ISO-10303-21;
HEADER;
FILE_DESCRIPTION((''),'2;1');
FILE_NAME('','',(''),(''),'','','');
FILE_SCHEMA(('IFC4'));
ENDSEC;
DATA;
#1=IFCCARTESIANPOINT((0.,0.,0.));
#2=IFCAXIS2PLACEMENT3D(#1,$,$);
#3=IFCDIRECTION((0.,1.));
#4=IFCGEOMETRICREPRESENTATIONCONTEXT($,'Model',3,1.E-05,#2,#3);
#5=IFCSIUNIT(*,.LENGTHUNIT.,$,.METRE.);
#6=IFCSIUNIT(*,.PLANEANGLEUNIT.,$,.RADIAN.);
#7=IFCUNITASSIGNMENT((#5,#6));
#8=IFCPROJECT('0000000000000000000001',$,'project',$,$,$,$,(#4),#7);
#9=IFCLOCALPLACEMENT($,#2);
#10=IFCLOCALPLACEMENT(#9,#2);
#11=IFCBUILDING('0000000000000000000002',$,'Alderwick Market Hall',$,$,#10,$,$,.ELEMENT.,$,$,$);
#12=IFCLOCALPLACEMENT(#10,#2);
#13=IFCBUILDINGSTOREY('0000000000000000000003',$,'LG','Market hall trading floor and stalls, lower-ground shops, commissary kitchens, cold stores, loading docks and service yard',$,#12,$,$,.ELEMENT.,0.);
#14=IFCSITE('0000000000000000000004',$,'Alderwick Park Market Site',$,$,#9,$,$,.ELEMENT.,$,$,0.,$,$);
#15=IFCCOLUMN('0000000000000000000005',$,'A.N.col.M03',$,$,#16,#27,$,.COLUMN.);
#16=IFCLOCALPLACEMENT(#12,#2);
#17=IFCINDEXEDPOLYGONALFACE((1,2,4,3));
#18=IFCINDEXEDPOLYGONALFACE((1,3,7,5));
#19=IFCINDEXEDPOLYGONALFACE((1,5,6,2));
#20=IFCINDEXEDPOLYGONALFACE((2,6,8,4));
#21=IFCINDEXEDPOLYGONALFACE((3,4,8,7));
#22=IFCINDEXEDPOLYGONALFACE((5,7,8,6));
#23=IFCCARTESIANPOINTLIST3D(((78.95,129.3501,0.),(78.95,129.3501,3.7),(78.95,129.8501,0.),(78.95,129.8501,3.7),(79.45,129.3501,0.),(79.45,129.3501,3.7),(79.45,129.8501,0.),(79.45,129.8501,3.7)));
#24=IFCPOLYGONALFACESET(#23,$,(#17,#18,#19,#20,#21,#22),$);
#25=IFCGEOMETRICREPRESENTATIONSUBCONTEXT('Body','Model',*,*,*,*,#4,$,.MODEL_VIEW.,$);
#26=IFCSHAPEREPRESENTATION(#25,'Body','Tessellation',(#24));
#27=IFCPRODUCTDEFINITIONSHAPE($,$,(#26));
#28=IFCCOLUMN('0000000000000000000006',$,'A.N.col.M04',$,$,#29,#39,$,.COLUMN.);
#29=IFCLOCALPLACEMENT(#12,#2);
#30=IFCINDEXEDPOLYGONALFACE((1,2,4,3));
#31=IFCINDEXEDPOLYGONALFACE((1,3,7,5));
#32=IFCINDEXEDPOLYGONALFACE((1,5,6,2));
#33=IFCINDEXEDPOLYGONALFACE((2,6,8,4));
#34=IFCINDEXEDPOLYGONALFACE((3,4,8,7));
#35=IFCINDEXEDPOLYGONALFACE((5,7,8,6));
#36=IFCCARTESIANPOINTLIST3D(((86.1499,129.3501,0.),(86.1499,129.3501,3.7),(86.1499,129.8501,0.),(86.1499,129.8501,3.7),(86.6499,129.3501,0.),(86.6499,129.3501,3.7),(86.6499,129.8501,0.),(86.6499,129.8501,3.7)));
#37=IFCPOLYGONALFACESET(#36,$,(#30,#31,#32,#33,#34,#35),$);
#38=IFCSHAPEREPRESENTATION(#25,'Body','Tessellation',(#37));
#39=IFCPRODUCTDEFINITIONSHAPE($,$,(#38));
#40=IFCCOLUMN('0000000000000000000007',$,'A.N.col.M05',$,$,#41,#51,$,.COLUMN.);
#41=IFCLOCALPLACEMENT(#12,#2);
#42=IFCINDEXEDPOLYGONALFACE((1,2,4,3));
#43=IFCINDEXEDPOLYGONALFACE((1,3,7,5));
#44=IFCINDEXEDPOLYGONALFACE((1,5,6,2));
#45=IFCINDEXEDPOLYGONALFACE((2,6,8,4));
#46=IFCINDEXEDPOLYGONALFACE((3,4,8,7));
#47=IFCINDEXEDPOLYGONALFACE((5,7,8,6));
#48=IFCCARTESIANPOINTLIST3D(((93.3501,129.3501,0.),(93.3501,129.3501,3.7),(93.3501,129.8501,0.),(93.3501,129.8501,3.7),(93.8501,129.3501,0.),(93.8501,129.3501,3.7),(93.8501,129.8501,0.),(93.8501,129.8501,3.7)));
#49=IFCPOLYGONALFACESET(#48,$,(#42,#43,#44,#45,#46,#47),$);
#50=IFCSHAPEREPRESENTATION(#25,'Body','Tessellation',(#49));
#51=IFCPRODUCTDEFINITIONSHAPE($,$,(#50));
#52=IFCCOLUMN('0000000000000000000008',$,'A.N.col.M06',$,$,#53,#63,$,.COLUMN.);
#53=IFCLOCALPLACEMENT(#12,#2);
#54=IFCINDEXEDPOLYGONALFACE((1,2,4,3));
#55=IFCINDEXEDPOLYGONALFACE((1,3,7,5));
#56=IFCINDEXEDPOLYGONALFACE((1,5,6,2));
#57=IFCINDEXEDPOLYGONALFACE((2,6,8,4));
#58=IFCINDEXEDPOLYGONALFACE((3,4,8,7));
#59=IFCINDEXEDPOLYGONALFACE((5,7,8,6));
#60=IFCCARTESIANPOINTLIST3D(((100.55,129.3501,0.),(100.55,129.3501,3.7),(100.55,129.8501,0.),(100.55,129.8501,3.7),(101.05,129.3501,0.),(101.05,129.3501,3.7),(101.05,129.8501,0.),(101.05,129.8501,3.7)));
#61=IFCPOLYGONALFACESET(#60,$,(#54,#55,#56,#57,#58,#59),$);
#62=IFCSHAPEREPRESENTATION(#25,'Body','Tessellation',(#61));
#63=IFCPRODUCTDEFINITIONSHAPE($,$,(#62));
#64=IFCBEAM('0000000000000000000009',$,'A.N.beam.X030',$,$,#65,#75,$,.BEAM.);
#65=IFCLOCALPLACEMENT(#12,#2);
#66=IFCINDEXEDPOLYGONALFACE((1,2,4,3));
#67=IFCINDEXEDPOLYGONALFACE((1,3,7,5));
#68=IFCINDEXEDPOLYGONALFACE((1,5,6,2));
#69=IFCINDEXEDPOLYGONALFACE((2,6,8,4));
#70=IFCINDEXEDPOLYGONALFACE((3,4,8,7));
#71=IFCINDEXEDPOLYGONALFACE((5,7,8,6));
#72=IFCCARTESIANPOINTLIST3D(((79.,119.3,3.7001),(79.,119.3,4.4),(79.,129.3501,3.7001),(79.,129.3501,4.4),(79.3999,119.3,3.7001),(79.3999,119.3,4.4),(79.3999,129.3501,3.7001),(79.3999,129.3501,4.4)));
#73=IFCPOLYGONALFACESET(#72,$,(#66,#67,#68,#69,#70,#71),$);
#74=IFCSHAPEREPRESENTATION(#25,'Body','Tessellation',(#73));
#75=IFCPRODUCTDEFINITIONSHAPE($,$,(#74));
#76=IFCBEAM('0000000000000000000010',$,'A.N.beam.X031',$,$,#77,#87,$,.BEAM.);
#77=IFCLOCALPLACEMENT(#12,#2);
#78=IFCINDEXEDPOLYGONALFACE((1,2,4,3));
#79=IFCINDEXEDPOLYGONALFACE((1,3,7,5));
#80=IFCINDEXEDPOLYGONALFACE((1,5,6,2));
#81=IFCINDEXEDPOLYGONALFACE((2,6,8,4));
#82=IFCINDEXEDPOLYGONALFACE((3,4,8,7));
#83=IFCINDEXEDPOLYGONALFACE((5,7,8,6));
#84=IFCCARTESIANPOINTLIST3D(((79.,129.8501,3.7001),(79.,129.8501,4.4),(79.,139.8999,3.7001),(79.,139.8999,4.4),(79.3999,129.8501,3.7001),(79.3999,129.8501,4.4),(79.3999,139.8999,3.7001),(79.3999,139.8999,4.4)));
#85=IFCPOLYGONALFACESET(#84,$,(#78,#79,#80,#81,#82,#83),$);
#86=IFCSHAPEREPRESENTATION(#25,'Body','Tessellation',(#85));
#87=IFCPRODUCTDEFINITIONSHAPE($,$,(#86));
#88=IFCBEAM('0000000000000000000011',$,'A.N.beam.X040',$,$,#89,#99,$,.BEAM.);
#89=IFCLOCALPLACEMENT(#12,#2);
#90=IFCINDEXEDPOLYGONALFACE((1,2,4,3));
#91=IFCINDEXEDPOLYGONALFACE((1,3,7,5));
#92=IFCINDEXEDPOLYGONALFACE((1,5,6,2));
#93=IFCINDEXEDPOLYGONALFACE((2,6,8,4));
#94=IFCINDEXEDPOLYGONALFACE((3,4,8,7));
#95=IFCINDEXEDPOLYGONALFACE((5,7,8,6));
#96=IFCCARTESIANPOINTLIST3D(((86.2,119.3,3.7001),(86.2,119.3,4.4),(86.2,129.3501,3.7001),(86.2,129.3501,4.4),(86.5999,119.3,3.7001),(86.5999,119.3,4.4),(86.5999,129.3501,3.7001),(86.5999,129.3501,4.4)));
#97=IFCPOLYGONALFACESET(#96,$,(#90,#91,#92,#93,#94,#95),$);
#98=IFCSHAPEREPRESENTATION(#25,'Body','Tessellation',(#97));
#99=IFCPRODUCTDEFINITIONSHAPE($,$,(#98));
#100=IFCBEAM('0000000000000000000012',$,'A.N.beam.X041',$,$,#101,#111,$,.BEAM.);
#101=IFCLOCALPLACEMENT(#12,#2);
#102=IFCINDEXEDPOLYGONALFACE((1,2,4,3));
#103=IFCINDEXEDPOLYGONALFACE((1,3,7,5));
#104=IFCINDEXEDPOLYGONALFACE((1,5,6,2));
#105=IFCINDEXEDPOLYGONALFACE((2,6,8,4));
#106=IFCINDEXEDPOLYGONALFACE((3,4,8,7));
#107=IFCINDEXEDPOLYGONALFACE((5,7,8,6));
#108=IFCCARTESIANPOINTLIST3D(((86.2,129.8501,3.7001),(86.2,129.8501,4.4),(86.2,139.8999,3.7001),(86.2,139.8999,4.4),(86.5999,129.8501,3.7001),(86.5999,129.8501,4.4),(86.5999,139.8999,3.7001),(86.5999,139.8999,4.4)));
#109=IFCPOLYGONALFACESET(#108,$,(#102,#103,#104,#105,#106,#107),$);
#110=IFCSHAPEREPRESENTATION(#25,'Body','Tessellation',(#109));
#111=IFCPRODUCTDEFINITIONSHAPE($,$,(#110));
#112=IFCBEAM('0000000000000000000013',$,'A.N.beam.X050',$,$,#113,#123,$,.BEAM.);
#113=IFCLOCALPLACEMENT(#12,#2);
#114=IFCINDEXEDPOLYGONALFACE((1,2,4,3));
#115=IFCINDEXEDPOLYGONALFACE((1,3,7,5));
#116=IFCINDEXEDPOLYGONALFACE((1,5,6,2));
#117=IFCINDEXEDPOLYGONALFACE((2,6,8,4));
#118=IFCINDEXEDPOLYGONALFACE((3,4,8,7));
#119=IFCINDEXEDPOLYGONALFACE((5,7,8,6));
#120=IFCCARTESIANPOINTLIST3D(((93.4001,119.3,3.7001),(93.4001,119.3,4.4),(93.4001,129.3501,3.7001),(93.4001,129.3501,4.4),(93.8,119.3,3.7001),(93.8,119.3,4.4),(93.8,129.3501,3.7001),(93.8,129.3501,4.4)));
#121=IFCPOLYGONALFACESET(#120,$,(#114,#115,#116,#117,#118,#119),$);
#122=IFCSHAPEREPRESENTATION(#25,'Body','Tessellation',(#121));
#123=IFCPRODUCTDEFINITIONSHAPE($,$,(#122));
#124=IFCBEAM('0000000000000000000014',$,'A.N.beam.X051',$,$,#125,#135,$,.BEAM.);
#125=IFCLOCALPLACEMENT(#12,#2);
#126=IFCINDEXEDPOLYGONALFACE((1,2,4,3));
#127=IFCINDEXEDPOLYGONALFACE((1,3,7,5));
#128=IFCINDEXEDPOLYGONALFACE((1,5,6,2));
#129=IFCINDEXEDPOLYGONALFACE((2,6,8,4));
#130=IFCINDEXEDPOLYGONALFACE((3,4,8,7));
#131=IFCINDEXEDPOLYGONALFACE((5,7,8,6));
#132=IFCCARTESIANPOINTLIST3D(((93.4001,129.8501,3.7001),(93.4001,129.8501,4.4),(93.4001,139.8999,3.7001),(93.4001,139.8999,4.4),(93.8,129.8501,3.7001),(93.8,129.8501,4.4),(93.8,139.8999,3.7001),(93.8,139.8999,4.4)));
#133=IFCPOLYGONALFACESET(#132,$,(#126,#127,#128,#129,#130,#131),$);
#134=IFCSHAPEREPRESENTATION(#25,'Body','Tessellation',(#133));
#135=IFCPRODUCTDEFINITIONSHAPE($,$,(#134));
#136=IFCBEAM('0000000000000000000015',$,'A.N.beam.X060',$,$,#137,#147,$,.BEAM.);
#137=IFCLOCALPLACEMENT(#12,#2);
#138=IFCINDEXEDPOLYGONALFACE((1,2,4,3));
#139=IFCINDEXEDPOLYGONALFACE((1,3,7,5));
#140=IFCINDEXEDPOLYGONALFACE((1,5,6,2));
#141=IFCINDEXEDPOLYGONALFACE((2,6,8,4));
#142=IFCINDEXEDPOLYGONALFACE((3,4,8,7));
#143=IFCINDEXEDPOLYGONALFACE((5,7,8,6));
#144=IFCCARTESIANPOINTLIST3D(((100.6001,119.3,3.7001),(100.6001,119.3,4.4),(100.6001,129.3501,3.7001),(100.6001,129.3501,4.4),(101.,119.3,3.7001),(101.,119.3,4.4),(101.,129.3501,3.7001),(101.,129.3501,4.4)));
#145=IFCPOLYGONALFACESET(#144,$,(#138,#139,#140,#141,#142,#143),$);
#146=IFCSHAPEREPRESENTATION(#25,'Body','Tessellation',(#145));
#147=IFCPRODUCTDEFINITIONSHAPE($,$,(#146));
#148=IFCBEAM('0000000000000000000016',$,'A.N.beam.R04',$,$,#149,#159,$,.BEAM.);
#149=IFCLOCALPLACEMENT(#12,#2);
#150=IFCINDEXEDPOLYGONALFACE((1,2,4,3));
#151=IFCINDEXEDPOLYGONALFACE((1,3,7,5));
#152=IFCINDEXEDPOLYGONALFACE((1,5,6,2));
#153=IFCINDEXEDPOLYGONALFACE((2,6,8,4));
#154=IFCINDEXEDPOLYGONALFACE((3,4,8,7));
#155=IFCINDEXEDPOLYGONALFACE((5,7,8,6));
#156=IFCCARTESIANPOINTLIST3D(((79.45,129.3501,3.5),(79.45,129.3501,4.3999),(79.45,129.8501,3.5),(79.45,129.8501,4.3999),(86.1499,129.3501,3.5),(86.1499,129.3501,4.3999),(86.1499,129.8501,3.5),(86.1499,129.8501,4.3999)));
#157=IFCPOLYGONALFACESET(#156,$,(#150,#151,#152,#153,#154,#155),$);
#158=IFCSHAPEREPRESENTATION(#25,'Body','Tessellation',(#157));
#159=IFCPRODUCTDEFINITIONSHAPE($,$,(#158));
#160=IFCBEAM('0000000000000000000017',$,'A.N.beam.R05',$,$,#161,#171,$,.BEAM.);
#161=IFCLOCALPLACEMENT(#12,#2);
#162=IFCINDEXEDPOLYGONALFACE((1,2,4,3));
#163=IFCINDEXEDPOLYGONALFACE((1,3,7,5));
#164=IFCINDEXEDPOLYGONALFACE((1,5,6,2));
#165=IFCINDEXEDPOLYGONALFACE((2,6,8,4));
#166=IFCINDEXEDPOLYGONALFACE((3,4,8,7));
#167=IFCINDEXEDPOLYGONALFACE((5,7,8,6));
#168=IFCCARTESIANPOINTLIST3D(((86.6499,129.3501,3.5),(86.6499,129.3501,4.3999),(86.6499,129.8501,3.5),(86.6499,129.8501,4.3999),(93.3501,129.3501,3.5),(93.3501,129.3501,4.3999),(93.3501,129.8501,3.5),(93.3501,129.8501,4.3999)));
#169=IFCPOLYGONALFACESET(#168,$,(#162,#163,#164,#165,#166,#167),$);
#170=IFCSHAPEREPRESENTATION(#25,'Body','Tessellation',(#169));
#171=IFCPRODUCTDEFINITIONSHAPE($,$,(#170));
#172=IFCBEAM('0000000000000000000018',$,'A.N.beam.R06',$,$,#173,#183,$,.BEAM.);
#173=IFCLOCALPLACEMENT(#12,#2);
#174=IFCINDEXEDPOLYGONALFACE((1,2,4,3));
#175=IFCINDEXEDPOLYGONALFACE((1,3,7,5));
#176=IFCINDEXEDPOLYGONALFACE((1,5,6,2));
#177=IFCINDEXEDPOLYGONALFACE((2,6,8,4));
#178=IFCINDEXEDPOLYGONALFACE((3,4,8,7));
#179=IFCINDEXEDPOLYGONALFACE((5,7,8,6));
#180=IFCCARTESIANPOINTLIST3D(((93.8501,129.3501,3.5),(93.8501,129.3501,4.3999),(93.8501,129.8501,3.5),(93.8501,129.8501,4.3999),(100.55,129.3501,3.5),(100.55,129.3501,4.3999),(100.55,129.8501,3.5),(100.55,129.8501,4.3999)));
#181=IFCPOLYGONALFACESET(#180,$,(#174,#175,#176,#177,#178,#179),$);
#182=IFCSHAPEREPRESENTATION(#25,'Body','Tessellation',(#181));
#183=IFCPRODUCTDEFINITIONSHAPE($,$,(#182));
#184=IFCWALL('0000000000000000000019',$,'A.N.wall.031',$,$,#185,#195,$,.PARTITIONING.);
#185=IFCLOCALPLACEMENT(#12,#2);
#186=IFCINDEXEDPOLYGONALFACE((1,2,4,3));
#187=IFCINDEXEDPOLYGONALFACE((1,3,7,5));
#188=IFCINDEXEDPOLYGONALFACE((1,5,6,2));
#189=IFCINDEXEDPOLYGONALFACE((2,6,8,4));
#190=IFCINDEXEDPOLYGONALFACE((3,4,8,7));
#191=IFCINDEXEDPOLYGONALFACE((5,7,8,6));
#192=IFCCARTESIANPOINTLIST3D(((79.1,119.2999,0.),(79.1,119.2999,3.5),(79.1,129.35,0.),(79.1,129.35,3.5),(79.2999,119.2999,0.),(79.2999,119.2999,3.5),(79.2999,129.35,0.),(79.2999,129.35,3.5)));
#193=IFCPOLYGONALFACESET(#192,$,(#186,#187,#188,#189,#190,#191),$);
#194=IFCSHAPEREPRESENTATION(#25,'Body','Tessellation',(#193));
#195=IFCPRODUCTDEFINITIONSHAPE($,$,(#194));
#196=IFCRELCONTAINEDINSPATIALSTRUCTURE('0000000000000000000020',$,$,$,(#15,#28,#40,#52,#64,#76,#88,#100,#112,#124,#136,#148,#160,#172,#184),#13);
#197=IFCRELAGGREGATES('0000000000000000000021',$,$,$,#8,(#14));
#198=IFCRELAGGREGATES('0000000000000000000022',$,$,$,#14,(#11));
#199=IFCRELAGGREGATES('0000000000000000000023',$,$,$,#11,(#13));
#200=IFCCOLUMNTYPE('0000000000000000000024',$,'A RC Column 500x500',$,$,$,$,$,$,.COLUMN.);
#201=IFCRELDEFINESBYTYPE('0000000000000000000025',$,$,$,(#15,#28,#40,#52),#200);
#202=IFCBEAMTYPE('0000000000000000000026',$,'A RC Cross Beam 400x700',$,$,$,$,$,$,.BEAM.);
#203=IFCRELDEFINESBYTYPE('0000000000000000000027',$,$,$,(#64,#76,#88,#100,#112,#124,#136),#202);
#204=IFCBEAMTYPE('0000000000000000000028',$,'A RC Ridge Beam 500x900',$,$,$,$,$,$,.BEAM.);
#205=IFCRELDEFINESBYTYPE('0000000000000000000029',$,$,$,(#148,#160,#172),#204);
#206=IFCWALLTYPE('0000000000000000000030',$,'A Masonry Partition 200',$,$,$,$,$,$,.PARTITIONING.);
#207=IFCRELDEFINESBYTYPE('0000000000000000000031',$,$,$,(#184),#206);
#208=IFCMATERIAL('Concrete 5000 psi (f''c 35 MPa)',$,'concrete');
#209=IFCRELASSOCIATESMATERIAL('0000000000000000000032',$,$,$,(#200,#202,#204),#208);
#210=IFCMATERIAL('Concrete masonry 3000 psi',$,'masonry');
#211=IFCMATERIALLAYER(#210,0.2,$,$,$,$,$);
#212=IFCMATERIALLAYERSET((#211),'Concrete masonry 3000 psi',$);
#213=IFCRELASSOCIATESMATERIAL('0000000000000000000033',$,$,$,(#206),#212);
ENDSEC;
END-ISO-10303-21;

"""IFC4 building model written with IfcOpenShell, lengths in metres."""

from ifc_helpers import new_model, si_unit, direction, frame, frame_2d, origin, origin_2d, place, context, subcontext, project, spatial, rectangle, extrude, material, layer, layer_set, material_profile, profile_set, type_object, element, save


model = new_model("IFC4")

# Units and contexts
model_context = context("Model", 3, precision=1e-05, world=origin(), true_north=direction((0.0, 1.0)))
body_context = subcontext(model_context, "Body", "Model", "MODEL_VIEW")
ifc_project = project(units=[si_unit("LENGTHUNIT", "METRE"), si_unit("PLANEANGLEUNIT", "RADIAN")], contexts=[model_context])

# Site, building, storey
site_placement = place(None, origin())
site = spatial("IfcSite", under=ifc_project, at=site_placement, Name="Alderwick Park Market Site", CompositionType="ELEMENT", RefElevation=0.0)
building_placement = place(site_placement, origin())
building = spatial("IfcBuilding", under=site, at=building_placement, Name="Alderwick Market Hall", CompositionType="ELEMENT")
storey_placement = place(building_placement, origin())
storey = spatial("IfcBuildingStorey", under=building, at=storey_placement, Name="LG", Description="Market hall trading floor and stalls, lower-ground shops, commissary kitchens, cold stores, loading docks and service yard", CompositionType="ELEMENT", Elevation=0.0)

# Columns
ifc_material_1 = material(Name="Concrete 5000 psi (f'c 35 MPa)", Category="concrete")
ifc_material_profile_1 = material_profile(ifc_material_1, rectangle(XDim=0.5, YDim=0.5, at=origin_2d()), Name="A RC Column 500x500")
ifc_profile_set_1 = profile_set([ifc_material_profile_1], Name="Concrete 5000 psi (f'c 35 MPa)")
column_type = type_object("IfcColumnType", Name="A RC Column 500x500", PredefinedType="COLUMN", material=ifc_profile_set_1)
for number, where, z_axis, x_axis, name in (
    (1, (79.2, 129.6001, 0.0), (0.0, 0.0, 1.0), (1.0, 0.0, 0.0), "A.N.col.M03"),
    (2, (86.3999, 129.6001, 0.0), (0.0, 0.0, 1.0), (1.0, 0.0, 0.0), "A.N.col.M04"),
    (3, (93.6001, 129.6001, 0.0), (0.0, 0.0, 1.0), (1.0, 0.0, 0.0), "A.N.col.M05"),
    (4, (100.8, 129.6001, 0.0), (0.0, 0.0, 1.0), (1.0, 0.0, 0.0), "A.N.col.M06"),
):
    element("IfcColumn", number, at=place(storey_placement, frame(where, z_axis=z_axis, x_axis=x_axis)), inside=storey, type_object=column_type, Name=name, PredefinedType="COLUMN", context=body_context, shape_type="SweptSolid", body=[
        extrude(rectangle(XDim=0.5, YDim=0.5, at=origin_2d()), origin(), (0.0, 0.0, 1.0), 3.7),
    ])

# Beams
ifc_material_profile_2 = material_profile(ifc_material_1, rectangle(XDim=0.3999, YDim=0.7, at=origin_2d()), Name="A RC Cross Beam 400x700")
ifc_profile_set_2 = profile_set([ifc_material_profile_2], Name="Concrete 5000 psi (f'c 35 MPa)")
beam_type_1 = type_object("IfcBeamType", Name="A RC Cross Beam 400x700", PredefinedType="BEAM", material=ifc_profile_set_2)
beam_1_placement = place(storey_placement, frame((79.2, 119.3, 4.05), z_axis=(0.0, 1.0, 0.0), x_axis=(-1.0, 0.0, 0.0)))
element("IfcBeam", 5, at=beam_1_placement, inside=storey, type_object=beam_type_1, Name="A.N.beam.X030", PredefinedType="BEAM", context=body_context, shape_type="SweptSolid", body=[
    extrude(rectangle(XDim=0.3999, YDim=0.7, at=origin_2d()), origin(), (0.0, 0.0, 1.0), 10.05),
])
beam_2_placement = place(storey_placement, frame((79.2, 129.8501, 4.05), z_axis=(0.0, 1.0, 0.0), x_axis=(-1.0, 0.0, 0.0)))
element("IfcBeam", 6, at=beam_2_placement, inside=storey, type_object=beam_type_1, Name="A.N.beam.X031", PredefinedType="BEAM", context=body_context, shape_type="SweptSolid", body=[
    extrude(rectangle(XDim=0.3999, YDim=0.7, at=origin_2d()), origin(), (0.0, 0.0, 1.0), 10.0498),
])
beam_3_placement = place(storey_placement, frame((86.3999, 119.3, 4.05), z_axis=(0.0, 1.0, 0.0), x_axis=(-1.0, 0.0, 0.0)))
element("IfcBeam", 7, at=beam_3_placement, inside=storey, type_object=beam_type_1, Name="A.N.beam.X040", PredefinedType="BEAM", context=body_context, shape_type="SweptSolid", body=[
    extrude(rectangle(XDim=0.3999, YDim=0.7, at=origin_2d()), origin(), (0.0, 0.0, 1.0), 10.05),
])
beam_4_placement = place(storey_placement, frame((86.3999, 129.8501, 4.05), z_axis=(0.0, 1.0, 0.0), x_axis=(-1.0, 0.0, 0.0)))
element("IfcBeam", 8, at=beam_4_placement, inside=storey, type_object=beam_type_1, Name="A.N.beam.X041", PredefinedType="BEAM", context=body_context, shape_type="SweptSolid", body=[
    extrude(rectangle(XDim=0.3999, YDim=0.7, at=origin_2d()), origin(), (0.0, 0.0, 1.0), 10.0498),
])
beam_5_placement = place(storey_placement, frame((93.6001, 119.3, 4.05), z_axis=(0.0, 1.0, 0.0), x_axis=(-1.0, 0.0, 0.0)))
element("IfcBeam", 9, at=beam_5_placement, inside=storey, type_object=beam_type_1, Name="A.N.beam.X050", PredefinedType="BEAM", context=body_context, shape_type="SweptSolid", body=[
    extrude(rectangle(XDim=0.3999, YDim=0.7, at=origin_2d()), origin(), (0.0, 0.0, 1.0), 10.05),
])
beam_6_placement = place(storey_placement, frame((93.6001, 129.8501, 4.05), z_axis=(0.0, 1.0, 0.0), x_axis=(-1.0, 0.0, 0.0)))
element("IfcBeam", 10, at=beam_6_placement, inside=storey, type_object=beam_type_1, Name="A.N.beam.X051", PredefinedType="BEAM", context=body_context, shape_type="SweptSolid", body=[
    extrude(rectangle(XDim=0.3999, YDim=0.7, at=origin_2d()), origin(), (0.0, 0.0, 1.0), 10.0498),
])
beam_7_placement = place(storey_placement, frame((100.8, 119.3, 4.05), z_axis=(0.0, 1.0, 0.0), x_axis=(-1.0, 0.0, 0.0)))
element("IfcBeam", 11, at=beam_7_placement, inside=storey, type_object=beam_type_1, Name="A.N.beam.X060", PredefinedType="BEAM", context=body_context, shape_type="SweptSolid", body=[
    extrude(rectangle(XDim=0.3999, YDim=0.7, at=origin_2d()), origin(), (0.0, 0.0, 1.0), 10.05),
])
ifc_material_profile_3 = material_profile(ifc_material_1, rectangle(XDim=0.5, YDim=0.8999, at=origin_2d()), Name="A RC Ridge Beam 500x900")
ifc_profile_set_3 = profile_set([ifc_material_profile_3], Name="Concrete 5000 psi (f'c 35 MPa)")
beam_type_2 = type_object("IfcBeamType", Name="A RC Ridge Beam 500x900", PredefinedType="BEAM", material=ifc_profile_set_3)
beam_8_placement = place(storey_placement, frame((79.45, 129.6001, 3.95), z_axis=(1.0, 0.0, 0.0), x_axis=(0.0, 1.0, 0.0)))
element("IfcBeam", 12, at=beam_8_placement, inside=storey, type_object=beam_type_2, Name="A.N.beam.R04", PredefinedType="BEAM", context=body_context, shape_type="SweptSolid", body=[
    extrude(rectangle(XDim=0.5, YDim=0.8999, at=origin_2d()), origin(), (0.0, 0.0, 1.0), 6.7),
])
beam_9_placement = place(storey_placement, frame((86.6499, 129.6001, 3.95), z_axis=(1.0, 0.0, 0.0), x_axis=(0.0, 1.0, 0.0)))
element("IfcBeam", 13, at=beam_9_placement, inside=storey, type_object=beam_type_2, Name="A.N.beam.R05", PredefinedType="BEAM", context=body_context, shape_type="SweptSolid", body=[
    extrude(rectangle(XDim=0.5, YDim=0.8999, at=origin_2d()), origin(), (0.0, 0.0, 1.0), 6.7002),
])
beam_10_placement = place(storey_placement, frame((93.8501, 129.6001, 3.95), z_axis=(1.0, 0.0, 0.0), x_axis=(0.0, 1.0, 0.0)))
element("IfcBeam", 14, at=beam_10_placement, inside=storey, type_object=beam_type_2, Name="A.N.beam.R06", PredefinedType="BEAM", context=body_context, shape_type="SweptSolid", body=[
    extrude(rectangle(XDim=0.5, YDim=0.8999, at=origin_2d()), origin(), (0.0, 0.0, 1.0), 6.7),
])

# Wall
ifc_material_2 = material(Name="Concrete masonry 3000 psi", Category="masonry")
ifc_layer = layer(ifc_material_2, 0.2)
ifc_layer_set = layer_set([ifc_layer], Name="Concrete masonry 3000 psi")
wall_type = type_object("IfcWallType", Name="A Masonry Partition 200", PredefinedType="PARTITIONING", material=ifc_layer_set)
wall_1_placement = place(storey_placement, frame((79.2, 119.3, 0.0), z_axis=(0.0, 0.0, 1.0), x_axis=(0.0, 1.0, 0.0)))
element("IfcWall", 15, at=wall_1_placement, inside=storey, type_object=wall_type, Name="A.N.wall.031", PredefinedType="PARTITIONING", context=body_context, shape_type="SweptSolid", body=[
    extrude(rectangle(XDim=10.05, YDim=0.2, at=frame_2d((5.0249, 0.0))), origin(), (0.0, 0.0, 1.0), 3.5),
])

save(model, "model.ifc")
